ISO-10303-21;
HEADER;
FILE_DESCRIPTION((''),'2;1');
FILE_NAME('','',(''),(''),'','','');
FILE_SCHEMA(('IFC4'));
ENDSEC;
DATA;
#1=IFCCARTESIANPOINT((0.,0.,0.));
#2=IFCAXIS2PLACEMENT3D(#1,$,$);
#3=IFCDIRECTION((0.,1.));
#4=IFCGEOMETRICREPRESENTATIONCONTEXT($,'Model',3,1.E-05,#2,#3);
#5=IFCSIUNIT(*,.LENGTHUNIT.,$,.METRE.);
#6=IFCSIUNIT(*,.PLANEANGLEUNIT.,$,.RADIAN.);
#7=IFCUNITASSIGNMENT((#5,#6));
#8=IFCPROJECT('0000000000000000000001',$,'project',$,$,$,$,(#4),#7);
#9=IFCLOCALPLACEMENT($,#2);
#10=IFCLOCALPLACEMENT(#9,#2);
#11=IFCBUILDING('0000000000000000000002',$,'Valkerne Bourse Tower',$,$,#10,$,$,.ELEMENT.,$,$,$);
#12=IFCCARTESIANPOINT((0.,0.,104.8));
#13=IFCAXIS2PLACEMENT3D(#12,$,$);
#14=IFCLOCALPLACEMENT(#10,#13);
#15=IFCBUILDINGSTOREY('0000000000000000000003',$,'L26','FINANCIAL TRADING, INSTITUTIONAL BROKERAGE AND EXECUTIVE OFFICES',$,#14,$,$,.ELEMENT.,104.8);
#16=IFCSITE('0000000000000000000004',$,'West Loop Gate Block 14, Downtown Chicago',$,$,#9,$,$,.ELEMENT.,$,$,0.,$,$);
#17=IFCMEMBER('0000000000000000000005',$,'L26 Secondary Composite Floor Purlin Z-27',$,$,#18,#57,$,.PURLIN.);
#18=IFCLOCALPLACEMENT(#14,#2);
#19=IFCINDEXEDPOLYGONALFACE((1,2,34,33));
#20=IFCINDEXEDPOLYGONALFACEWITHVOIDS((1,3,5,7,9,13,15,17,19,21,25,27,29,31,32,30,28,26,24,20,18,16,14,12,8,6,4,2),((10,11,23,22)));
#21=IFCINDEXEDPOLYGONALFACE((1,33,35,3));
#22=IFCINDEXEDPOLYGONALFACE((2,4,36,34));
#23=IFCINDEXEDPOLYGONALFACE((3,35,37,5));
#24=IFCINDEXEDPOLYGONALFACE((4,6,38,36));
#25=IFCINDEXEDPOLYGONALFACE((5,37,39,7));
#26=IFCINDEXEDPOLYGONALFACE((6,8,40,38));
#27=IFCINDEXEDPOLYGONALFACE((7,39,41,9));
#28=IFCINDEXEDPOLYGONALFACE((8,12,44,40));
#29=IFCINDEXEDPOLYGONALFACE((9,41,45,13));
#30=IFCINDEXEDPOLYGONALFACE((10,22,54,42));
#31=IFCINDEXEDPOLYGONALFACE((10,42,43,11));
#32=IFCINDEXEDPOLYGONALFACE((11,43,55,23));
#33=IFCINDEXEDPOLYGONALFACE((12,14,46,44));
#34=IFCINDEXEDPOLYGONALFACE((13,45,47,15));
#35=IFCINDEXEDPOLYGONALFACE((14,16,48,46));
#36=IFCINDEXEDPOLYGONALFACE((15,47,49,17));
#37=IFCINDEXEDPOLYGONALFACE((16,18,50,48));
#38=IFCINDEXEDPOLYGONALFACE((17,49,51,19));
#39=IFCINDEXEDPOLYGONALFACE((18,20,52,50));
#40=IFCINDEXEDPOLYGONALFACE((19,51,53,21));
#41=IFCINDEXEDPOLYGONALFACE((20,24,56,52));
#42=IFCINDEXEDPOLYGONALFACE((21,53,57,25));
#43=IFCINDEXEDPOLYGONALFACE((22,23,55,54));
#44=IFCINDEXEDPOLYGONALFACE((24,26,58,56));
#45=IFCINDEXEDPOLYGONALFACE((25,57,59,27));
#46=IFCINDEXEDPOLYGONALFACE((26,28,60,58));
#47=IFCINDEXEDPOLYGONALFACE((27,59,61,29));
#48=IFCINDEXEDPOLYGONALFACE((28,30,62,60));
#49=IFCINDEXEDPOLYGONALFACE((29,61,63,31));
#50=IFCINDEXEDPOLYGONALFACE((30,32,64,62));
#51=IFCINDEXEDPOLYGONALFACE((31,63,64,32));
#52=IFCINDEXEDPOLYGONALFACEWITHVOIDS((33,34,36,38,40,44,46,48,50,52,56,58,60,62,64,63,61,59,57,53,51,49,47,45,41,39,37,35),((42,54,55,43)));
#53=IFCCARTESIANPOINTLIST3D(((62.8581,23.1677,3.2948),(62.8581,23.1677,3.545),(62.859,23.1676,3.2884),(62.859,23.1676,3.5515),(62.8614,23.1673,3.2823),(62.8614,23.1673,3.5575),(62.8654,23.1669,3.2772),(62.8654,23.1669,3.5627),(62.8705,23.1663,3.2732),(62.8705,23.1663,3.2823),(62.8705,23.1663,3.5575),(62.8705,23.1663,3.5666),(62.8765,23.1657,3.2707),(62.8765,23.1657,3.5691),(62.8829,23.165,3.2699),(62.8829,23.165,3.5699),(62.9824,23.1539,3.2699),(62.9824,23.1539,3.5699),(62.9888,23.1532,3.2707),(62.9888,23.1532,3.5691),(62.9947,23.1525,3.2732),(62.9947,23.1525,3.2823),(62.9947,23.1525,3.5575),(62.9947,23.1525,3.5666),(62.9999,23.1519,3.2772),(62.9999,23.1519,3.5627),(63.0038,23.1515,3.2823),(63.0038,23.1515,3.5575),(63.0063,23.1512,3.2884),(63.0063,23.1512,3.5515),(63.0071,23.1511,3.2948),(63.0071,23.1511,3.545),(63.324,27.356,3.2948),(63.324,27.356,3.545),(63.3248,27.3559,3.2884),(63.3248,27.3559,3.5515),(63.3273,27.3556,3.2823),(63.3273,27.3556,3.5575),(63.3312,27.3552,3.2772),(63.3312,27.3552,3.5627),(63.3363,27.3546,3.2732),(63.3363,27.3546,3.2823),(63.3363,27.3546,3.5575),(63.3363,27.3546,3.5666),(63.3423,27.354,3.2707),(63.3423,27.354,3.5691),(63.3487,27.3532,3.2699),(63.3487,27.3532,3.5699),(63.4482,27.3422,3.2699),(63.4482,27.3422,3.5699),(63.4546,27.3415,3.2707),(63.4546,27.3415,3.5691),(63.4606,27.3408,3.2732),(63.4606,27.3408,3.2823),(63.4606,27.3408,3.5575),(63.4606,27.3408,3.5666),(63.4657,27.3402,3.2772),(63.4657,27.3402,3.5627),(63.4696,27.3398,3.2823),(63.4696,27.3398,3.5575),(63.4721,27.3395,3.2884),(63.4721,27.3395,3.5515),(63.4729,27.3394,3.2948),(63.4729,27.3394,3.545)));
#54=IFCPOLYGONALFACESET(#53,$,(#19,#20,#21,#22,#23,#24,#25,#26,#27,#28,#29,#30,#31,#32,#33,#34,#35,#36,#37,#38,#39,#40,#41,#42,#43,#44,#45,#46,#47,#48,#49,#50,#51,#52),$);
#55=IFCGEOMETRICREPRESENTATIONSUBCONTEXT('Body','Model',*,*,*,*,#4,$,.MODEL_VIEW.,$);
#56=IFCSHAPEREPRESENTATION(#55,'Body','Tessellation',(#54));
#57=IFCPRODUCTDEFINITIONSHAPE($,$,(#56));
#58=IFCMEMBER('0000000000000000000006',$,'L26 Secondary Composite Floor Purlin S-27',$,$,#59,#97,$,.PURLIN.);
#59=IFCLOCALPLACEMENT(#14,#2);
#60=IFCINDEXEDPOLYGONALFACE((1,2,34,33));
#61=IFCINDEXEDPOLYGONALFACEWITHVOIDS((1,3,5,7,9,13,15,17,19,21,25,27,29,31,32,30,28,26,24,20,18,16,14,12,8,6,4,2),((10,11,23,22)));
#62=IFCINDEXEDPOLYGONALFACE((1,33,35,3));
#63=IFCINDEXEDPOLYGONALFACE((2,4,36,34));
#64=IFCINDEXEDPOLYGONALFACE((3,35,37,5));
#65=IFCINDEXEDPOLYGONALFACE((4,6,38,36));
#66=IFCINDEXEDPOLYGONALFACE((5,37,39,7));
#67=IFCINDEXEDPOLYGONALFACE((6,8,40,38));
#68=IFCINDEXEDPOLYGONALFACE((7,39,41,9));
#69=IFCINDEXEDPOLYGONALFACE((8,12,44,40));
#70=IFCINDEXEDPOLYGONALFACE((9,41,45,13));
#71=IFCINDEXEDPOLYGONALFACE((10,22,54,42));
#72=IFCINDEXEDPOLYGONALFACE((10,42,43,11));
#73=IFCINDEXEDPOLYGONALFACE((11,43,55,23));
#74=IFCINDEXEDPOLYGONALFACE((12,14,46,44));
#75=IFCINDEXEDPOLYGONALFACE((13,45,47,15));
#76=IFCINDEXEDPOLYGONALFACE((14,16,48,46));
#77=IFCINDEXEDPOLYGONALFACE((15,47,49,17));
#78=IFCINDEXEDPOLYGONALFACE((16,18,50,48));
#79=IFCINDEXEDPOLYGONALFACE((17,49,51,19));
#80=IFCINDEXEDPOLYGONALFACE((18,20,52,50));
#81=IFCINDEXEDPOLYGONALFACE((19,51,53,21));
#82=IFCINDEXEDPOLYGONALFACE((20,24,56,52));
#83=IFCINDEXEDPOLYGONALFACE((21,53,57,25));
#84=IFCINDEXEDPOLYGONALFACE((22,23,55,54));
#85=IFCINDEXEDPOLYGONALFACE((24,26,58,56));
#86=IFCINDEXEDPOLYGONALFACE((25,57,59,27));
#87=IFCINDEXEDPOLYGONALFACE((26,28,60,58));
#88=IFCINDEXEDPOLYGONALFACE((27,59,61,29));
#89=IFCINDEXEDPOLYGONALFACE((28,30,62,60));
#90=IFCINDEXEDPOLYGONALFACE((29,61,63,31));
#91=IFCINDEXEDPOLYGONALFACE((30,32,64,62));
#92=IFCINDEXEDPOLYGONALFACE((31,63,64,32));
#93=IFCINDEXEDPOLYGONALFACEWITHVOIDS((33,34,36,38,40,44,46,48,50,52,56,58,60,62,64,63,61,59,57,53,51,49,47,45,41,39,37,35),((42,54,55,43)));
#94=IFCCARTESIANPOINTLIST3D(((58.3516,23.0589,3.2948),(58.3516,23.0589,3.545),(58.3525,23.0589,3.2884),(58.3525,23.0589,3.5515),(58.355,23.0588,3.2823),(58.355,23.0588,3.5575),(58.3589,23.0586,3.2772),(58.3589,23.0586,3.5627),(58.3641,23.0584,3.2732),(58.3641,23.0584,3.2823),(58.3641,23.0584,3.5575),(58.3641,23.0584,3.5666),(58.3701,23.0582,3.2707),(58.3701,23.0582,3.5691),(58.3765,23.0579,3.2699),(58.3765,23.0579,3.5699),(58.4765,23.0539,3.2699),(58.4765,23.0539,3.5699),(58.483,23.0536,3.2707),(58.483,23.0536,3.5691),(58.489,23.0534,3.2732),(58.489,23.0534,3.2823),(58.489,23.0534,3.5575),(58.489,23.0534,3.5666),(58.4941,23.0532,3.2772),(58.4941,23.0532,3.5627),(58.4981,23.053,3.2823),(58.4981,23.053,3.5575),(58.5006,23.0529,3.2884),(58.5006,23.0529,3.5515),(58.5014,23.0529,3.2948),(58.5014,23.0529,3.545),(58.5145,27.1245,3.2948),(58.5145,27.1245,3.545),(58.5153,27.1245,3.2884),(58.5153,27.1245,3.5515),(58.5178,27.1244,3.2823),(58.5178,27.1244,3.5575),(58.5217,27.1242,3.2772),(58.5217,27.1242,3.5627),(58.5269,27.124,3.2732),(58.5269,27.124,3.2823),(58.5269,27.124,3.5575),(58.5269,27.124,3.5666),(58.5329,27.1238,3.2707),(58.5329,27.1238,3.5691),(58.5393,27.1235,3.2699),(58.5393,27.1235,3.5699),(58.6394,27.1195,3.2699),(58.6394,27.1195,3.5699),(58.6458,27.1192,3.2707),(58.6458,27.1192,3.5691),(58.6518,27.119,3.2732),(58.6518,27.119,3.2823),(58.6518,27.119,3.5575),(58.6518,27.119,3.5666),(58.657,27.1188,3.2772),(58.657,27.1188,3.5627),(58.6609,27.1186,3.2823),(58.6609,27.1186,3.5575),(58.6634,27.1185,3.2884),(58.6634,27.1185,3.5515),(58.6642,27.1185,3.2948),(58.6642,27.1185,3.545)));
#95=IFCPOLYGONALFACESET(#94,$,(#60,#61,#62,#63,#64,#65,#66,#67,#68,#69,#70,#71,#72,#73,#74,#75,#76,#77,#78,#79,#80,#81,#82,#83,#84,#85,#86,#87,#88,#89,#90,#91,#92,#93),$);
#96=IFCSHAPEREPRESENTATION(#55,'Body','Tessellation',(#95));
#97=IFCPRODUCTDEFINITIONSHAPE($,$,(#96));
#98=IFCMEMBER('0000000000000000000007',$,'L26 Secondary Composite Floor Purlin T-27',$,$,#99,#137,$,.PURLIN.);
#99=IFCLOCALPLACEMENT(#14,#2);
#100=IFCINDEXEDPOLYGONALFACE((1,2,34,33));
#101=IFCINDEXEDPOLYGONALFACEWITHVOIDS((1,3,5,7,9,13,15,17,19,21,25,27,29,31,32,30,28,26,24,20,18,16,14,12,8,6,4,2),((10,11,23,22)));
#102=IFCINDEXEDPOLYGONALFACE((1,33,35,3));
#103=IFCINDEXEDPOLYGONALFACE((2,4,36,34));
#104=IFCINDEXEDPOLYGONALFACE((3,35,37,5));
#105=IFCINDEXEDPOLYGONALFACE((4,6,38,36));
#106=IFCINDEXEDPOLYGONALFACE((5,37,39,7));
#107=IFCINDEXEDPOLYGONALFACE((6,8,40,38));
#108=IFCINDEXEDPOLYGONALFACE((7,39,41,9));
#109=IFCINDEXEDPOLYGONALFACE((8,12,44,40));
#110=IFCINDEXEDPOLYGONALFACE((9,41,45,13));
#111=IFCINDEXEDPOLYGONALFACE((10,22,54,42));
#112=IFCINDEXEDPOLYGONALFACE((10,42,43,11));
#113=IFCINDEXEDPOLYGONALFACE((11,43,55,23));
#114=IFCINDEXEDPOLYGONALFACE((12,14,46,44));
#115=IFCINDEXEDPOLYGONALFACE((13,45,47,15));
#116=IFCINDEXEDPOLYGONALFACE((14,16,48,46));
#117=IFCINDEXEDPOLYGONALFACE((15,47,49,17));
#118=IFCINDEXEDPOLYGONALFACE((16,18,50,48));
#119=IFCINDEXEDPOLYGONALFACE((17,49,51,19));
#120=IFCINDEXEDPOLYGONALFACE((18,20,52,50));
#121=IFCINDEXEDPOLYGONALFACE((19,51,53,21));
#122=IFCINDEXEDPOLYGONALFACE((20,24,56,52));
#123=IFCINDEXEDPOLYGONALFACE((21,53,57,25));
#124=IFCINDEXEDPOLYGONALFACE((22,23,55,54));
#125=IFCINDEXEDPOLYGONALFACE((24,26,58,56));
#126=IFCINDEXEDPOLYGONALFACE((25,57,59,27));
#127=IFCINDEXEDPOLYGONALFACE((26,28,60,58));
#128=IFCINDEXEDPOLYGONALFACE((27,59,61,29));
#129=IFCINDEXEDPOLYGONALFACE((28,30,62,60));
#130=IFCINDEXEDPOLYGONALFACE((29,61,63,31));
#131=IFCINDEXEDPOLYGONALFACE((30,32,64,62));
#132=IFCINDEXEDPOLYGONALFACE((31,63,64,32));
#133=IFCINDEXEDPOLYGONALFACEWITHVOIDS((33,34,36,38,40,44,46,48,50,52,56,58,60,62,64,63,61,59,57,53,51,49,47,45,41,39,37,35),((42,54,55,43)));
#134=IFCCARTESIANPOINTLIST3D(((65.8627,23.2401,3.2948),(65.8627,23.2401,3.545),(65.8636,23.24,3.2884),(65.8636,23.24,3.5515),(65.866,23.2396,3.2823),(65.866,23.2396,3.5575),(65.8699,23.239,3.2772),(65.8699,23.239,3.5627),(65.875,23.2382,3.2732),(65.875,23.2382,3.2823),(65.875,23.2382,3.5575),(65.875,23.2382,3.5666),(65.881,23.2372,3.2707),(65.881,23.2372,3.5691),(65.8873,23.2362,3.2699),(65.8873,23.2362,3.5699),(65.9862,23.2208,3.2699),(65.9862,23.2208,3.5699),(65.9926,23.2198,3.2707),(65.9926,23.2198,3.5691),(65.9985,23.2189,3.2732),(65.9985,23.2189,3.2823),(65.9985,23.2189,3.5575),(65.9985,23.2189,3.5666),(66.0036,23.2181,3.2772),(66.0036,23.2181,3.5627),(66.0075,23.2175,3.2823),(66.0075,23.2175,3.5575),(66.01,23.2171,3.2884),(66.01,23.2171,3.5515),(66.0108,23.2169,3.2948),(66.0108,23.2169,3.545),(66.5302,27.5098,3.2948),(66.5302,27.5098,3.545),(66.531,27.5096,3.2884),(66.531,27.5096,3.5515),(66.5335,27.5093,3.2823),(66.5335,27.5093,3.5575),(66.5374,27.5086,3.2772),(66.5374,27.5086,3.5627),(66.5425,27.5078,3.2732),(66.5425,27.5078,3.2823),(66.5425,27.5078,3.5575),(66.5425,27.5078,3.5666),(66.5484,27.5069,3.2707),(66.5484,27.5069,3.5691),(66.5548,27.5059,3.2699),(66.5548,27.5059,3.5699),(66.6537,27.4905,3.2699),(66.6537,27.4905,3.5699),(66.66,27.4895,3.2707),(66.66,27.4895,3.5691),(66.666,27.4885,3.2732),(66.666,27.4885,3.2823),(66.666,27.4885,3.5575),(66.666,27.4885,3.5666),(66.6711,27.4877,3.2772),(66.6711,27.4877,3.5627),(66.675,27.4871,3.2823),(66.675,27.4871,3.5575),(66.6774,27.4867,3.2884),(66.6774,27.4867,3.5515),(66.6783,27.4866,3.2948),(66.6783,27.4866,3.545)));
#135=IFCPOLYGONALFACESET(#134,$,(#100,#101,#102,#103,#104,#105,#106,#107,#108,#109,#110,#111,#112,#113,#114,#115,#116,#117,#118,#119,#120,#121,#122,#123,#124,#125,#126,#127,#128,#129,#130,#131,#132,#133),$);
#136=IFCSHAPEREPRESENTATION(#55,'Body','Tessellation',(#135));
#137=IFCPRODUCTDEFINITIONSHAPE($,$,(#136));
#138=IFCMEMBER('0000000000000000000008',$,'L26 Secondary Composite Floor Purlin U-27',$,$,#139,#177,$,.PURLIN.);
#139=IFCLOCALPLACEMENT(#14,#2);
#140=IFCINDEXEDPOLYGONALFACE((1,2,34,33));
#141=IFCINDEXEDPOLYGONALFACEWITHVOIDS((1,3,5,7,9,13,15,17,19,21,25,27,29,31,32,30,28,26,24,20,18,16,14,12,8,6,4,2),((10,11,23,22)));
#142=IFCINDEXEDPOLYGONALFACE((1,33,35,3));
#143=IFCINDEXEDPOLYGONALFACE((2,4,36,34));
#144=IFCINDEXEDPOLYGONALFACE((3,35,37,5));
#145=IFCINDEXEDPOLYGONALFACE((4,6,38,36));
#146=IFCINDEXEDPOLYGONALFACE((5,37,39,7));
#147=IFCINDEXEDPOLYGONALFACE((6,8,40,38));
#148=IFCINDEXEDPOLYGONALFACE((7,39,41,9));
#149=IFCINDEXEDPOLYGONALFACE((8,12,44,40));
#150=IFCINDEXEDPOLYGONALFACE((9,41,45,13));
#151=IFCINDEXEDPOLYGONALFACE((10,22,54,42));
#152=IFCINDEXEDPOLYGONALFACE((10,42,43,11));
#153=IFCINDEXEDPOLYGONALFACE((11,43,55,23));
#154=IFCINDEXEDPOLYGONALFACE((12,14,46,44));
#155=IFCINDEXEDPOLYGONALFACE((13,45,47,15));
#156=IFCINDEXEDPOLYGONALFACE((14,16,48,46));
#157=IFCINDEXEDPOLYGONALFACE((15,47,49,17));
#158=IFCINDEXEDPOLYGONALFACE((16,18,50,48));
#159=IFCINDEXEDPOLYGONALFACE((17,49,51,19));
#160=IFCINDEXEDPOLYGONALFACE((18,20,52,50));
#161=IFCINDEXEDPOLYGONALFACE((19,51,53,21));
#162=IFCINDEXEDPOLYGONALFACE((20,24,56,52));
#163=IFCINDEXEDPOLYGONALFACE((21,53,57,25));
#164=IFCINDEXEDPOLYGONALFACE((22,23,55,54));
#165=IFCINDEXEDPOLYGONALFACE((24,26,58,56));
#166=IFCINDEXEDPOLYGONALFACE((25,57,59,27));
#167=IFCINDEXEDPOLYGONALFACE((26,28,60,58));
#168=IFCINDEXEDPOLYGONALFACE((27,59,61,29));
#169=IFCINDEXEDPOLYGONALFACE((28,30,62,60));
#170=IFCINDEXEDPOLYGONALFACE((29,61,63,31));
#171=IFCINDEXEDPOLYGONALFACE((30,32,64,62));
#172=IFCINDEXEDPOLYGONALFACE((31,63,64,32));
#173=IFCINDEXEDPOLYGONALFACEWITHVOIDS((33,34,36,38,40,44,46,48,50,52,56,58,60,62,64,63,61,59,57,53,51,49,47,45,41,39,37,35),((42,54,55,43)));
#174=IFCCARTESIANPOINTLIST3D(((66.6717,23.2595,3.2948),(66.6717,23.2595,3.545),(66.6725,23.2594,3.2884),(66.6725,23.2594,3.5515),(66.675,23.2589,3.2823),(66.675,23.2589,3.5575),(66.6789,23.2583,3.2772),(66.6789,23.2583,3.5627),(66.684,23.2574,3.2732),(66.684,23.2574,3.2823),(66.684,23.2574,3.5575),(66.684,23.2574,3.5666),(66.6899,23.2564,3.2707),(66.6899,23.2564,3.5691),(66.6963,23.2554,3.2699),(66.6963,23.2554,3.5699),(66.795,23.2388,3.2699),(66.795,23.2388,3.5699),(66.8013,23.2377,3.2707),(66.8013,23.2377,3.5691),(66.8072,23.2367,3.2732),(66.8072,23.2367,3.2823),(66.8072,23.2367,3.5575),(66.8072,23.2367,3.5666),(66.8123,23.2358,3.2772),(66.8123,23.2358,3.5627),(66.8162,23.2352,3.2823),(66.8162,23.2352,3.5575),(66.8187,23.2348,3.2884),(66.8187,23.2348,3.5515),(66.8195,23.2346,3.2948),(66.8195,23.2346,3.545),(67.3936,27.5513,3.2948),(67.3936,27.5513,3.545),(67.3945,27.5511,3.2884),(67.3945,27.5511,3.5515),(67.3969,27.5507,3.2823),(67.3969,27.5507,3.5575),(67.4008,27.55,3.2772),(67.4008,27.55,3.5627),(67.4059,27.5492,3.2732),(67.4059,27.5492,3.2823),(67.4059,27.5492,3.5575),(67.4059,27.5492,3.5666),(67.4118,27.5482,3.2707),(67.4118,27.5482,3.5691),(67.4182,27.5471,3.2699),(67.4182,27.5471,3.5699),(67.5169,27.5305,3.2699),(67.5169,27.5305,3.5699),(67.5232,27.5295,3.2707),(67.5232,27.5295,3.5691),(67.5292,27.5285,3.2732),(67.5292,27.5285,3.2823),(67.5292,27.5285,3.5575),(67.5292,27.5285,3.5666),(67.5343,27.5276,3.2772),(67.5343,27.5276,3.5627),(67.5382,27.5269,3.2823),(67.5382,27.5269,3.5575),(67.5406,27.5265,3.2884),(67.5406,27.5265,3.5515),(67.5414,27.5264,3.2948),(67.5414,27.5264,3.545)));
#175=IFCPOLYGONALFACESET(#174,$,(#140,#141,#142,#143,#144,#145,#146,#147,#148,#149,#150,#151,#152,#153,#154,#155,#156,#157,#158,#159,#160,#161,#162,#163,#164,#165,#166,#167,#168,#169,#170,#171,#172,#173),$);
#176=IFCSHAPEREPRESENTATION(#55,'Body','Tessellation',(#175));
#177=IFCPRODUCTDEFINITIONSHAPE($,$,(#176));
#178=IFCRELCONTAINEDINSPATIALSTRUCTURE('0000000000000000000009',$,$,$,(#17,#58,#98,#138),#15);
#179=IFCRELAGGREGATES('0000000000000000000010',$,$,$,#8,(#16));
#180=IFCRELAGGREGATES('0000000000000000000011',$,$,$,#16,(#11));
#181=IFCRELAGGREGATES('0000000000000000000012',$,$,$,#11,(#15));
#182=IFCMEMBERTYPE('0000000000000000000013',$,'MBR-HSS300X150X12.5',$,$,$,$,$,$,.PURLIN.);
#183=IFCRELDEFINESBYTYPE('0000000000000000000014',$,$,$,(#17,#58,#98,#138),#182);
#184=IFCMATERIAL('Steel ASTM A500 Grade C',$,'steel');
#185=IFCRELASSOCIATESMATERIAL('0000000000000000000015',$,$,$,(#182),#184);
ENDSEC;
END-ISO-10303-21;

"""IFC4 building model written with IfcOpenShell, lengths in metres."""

from ifc_helpers import new_model, si_unit, direction, frame, origin, origin_2d, place, context, subcontext, project, spatial, hollow_rectangle, extrude, material, material_profile, profile_set, type_object, element, save


model = new_model("IFC4")

# Units and contexts
model_context = context("Model", 3, precision=1e-05, world=origin(), true_north=direction((0.0, 1.0)))
body_context = subcontext(model_context, "Body", "Model", "MODEL_VIEW")
ifc_project = project(units=[si_unit("LENGTHUNIT", "METRE"), si_unit("PLANEANGLEUNIT", "RADIAN")], contexts=[model_context])

# Site, building, storey
site_placement = place(None, origin())
site = spatial("IfcSite", under=ifc_project, at=site_placement, Name="West Loop Gate Block 14, Downtown Chicago", CompositionType="ELEMENT", RefElevation=0.0)
building_placement = place(site_placement, origin())
building = spatial("IfcBuilding", under=site, at=building_placement, Name="Valkerne Bourse Tower", CompositionType="ELEMENT")
storey_placement = place(building_placement, frame((0.0, 0.0, 104.8)))
storey = spatial("IfcBuildingStorey", under=building, at=storey_placement, Name="L26", Description="FINANCIAL TRADING, INSTITUTIONAL BROKERAGE AND EXECUTIVE OFFICES", CompositionType="ELEMENT", Elevation=104.8)

# Members
ifc_material_1 = material(Name="Steel ASTM A500 Grade C", Category="steel")
ifc_material_profile_1 = material_profile(ifc_material_1, hollow_rectangle(XDim=0.1499, YDim=0.3, WallThickness=0.0125, OuterFilletRadius=0.0249, at=origin_2d()), Name="HSS300X150X12.5")
ifc_profile_set_1 = profile_set([ifc_material_profile_1], Name="Steel ASTM A500 Grade C")
member_type_1 = type_object("IfcMemberType", Name="MBR-HSS300X150X12.5", PredefinedType="PURLIN", material=ifc_profile_set_1)
member_1_placement = place(storey_placement, frame((62.9326, 23.1594, 3.4199), z_axis=(0.11054, 0.993872, 0.0), x_axis=(-0.993872, 0.11054, 0.0)))
element("IfcMember", 1, at=member_1_placement, inside=storey, type_object=member_type_1, Name="L26 Secondary Composite Floor Purlin Z-27", PredefinedType="PURLIN", context=body_context, shape_type="SweptSolid", body=[
    extrude(hollow_rectangle(XDim=0.1499, YDim=0.3, WallThickness=0.0125, OuterFilletRadius=0.0249, at=origin_2d()), origin(), (0.0, 0.0, 1.0), 4.2141),
])
member_2_placement = place(storey_placement, frame((58.4265, 23.0559, 3.4199), z_axis=(0.040021, 0.999199, 0.0), x_axis=(-0.999199, 0.040021, 0.0)))
element("IfcMember", 2, at=member_2_placement, inside=storey, type_object=member_type_1, Name="L26 Secondary Composite Floor Purlin S-27", PredefinedType="PURLIN", context=body_context, shape_type="SweptSolid", body=[
    extrude(hollow_rectangle(XDim=0.1499, YDim=0.3, WallThickness=0.0125, OuterFilletRadius=0.0249, at=origin_2d()), origin(), (0.0, 0.0, 1.0), 4.0688),
])
member_3_placement = place(storey_placement, frame((65.9368, 23.2285, 3.4199), z_axis=(0.154451, 0.988, 0.0), x_axis=(-0.988, 0.154451, 0.0)))
element("IfcMember", 3, at=member_3_placement, inside=storey, type_object=member_type_1, Name="L26 Secondary Composite Floor Purlin T-27", PredefinedType="PURLIN", context=body_context, shape_type="SweptSolid", body=[
    extrude(hollow_rectangle(XDim=0.1499, YDim=0.3, WallThickness=0.0125, OuterFilletRadius=0.0249, at=origin_2d()), origin(), (0.0, 0.0, 1.0), 4.3215),
])
member_4_placement = place(storey_placement, frame((66.7456, 23.2471, 3.4199), z_axis=(0.165882, 0.986146, 0.0), x_axis=(-0.986146, 0.165882, 0.0)))
element("IfcMember", 4, at=member_4_placement, inside=storey, type_object=member_type_1, Name="L26 Secondary Composite Floor Purlin U-27", PredefinedType="PURLIN", context=body_context, shape_type="SweptSolid", body=[
    extrude(hollow_rectangle(XDim=0.1499, YDim=0.3, WallThickness=0.0125, OuterFilletRadius=0.0249, at=origin_2d()), origin(), (0.0, 0.0, 1.0), 4.3521),
])

save(model, "model.ifc")
